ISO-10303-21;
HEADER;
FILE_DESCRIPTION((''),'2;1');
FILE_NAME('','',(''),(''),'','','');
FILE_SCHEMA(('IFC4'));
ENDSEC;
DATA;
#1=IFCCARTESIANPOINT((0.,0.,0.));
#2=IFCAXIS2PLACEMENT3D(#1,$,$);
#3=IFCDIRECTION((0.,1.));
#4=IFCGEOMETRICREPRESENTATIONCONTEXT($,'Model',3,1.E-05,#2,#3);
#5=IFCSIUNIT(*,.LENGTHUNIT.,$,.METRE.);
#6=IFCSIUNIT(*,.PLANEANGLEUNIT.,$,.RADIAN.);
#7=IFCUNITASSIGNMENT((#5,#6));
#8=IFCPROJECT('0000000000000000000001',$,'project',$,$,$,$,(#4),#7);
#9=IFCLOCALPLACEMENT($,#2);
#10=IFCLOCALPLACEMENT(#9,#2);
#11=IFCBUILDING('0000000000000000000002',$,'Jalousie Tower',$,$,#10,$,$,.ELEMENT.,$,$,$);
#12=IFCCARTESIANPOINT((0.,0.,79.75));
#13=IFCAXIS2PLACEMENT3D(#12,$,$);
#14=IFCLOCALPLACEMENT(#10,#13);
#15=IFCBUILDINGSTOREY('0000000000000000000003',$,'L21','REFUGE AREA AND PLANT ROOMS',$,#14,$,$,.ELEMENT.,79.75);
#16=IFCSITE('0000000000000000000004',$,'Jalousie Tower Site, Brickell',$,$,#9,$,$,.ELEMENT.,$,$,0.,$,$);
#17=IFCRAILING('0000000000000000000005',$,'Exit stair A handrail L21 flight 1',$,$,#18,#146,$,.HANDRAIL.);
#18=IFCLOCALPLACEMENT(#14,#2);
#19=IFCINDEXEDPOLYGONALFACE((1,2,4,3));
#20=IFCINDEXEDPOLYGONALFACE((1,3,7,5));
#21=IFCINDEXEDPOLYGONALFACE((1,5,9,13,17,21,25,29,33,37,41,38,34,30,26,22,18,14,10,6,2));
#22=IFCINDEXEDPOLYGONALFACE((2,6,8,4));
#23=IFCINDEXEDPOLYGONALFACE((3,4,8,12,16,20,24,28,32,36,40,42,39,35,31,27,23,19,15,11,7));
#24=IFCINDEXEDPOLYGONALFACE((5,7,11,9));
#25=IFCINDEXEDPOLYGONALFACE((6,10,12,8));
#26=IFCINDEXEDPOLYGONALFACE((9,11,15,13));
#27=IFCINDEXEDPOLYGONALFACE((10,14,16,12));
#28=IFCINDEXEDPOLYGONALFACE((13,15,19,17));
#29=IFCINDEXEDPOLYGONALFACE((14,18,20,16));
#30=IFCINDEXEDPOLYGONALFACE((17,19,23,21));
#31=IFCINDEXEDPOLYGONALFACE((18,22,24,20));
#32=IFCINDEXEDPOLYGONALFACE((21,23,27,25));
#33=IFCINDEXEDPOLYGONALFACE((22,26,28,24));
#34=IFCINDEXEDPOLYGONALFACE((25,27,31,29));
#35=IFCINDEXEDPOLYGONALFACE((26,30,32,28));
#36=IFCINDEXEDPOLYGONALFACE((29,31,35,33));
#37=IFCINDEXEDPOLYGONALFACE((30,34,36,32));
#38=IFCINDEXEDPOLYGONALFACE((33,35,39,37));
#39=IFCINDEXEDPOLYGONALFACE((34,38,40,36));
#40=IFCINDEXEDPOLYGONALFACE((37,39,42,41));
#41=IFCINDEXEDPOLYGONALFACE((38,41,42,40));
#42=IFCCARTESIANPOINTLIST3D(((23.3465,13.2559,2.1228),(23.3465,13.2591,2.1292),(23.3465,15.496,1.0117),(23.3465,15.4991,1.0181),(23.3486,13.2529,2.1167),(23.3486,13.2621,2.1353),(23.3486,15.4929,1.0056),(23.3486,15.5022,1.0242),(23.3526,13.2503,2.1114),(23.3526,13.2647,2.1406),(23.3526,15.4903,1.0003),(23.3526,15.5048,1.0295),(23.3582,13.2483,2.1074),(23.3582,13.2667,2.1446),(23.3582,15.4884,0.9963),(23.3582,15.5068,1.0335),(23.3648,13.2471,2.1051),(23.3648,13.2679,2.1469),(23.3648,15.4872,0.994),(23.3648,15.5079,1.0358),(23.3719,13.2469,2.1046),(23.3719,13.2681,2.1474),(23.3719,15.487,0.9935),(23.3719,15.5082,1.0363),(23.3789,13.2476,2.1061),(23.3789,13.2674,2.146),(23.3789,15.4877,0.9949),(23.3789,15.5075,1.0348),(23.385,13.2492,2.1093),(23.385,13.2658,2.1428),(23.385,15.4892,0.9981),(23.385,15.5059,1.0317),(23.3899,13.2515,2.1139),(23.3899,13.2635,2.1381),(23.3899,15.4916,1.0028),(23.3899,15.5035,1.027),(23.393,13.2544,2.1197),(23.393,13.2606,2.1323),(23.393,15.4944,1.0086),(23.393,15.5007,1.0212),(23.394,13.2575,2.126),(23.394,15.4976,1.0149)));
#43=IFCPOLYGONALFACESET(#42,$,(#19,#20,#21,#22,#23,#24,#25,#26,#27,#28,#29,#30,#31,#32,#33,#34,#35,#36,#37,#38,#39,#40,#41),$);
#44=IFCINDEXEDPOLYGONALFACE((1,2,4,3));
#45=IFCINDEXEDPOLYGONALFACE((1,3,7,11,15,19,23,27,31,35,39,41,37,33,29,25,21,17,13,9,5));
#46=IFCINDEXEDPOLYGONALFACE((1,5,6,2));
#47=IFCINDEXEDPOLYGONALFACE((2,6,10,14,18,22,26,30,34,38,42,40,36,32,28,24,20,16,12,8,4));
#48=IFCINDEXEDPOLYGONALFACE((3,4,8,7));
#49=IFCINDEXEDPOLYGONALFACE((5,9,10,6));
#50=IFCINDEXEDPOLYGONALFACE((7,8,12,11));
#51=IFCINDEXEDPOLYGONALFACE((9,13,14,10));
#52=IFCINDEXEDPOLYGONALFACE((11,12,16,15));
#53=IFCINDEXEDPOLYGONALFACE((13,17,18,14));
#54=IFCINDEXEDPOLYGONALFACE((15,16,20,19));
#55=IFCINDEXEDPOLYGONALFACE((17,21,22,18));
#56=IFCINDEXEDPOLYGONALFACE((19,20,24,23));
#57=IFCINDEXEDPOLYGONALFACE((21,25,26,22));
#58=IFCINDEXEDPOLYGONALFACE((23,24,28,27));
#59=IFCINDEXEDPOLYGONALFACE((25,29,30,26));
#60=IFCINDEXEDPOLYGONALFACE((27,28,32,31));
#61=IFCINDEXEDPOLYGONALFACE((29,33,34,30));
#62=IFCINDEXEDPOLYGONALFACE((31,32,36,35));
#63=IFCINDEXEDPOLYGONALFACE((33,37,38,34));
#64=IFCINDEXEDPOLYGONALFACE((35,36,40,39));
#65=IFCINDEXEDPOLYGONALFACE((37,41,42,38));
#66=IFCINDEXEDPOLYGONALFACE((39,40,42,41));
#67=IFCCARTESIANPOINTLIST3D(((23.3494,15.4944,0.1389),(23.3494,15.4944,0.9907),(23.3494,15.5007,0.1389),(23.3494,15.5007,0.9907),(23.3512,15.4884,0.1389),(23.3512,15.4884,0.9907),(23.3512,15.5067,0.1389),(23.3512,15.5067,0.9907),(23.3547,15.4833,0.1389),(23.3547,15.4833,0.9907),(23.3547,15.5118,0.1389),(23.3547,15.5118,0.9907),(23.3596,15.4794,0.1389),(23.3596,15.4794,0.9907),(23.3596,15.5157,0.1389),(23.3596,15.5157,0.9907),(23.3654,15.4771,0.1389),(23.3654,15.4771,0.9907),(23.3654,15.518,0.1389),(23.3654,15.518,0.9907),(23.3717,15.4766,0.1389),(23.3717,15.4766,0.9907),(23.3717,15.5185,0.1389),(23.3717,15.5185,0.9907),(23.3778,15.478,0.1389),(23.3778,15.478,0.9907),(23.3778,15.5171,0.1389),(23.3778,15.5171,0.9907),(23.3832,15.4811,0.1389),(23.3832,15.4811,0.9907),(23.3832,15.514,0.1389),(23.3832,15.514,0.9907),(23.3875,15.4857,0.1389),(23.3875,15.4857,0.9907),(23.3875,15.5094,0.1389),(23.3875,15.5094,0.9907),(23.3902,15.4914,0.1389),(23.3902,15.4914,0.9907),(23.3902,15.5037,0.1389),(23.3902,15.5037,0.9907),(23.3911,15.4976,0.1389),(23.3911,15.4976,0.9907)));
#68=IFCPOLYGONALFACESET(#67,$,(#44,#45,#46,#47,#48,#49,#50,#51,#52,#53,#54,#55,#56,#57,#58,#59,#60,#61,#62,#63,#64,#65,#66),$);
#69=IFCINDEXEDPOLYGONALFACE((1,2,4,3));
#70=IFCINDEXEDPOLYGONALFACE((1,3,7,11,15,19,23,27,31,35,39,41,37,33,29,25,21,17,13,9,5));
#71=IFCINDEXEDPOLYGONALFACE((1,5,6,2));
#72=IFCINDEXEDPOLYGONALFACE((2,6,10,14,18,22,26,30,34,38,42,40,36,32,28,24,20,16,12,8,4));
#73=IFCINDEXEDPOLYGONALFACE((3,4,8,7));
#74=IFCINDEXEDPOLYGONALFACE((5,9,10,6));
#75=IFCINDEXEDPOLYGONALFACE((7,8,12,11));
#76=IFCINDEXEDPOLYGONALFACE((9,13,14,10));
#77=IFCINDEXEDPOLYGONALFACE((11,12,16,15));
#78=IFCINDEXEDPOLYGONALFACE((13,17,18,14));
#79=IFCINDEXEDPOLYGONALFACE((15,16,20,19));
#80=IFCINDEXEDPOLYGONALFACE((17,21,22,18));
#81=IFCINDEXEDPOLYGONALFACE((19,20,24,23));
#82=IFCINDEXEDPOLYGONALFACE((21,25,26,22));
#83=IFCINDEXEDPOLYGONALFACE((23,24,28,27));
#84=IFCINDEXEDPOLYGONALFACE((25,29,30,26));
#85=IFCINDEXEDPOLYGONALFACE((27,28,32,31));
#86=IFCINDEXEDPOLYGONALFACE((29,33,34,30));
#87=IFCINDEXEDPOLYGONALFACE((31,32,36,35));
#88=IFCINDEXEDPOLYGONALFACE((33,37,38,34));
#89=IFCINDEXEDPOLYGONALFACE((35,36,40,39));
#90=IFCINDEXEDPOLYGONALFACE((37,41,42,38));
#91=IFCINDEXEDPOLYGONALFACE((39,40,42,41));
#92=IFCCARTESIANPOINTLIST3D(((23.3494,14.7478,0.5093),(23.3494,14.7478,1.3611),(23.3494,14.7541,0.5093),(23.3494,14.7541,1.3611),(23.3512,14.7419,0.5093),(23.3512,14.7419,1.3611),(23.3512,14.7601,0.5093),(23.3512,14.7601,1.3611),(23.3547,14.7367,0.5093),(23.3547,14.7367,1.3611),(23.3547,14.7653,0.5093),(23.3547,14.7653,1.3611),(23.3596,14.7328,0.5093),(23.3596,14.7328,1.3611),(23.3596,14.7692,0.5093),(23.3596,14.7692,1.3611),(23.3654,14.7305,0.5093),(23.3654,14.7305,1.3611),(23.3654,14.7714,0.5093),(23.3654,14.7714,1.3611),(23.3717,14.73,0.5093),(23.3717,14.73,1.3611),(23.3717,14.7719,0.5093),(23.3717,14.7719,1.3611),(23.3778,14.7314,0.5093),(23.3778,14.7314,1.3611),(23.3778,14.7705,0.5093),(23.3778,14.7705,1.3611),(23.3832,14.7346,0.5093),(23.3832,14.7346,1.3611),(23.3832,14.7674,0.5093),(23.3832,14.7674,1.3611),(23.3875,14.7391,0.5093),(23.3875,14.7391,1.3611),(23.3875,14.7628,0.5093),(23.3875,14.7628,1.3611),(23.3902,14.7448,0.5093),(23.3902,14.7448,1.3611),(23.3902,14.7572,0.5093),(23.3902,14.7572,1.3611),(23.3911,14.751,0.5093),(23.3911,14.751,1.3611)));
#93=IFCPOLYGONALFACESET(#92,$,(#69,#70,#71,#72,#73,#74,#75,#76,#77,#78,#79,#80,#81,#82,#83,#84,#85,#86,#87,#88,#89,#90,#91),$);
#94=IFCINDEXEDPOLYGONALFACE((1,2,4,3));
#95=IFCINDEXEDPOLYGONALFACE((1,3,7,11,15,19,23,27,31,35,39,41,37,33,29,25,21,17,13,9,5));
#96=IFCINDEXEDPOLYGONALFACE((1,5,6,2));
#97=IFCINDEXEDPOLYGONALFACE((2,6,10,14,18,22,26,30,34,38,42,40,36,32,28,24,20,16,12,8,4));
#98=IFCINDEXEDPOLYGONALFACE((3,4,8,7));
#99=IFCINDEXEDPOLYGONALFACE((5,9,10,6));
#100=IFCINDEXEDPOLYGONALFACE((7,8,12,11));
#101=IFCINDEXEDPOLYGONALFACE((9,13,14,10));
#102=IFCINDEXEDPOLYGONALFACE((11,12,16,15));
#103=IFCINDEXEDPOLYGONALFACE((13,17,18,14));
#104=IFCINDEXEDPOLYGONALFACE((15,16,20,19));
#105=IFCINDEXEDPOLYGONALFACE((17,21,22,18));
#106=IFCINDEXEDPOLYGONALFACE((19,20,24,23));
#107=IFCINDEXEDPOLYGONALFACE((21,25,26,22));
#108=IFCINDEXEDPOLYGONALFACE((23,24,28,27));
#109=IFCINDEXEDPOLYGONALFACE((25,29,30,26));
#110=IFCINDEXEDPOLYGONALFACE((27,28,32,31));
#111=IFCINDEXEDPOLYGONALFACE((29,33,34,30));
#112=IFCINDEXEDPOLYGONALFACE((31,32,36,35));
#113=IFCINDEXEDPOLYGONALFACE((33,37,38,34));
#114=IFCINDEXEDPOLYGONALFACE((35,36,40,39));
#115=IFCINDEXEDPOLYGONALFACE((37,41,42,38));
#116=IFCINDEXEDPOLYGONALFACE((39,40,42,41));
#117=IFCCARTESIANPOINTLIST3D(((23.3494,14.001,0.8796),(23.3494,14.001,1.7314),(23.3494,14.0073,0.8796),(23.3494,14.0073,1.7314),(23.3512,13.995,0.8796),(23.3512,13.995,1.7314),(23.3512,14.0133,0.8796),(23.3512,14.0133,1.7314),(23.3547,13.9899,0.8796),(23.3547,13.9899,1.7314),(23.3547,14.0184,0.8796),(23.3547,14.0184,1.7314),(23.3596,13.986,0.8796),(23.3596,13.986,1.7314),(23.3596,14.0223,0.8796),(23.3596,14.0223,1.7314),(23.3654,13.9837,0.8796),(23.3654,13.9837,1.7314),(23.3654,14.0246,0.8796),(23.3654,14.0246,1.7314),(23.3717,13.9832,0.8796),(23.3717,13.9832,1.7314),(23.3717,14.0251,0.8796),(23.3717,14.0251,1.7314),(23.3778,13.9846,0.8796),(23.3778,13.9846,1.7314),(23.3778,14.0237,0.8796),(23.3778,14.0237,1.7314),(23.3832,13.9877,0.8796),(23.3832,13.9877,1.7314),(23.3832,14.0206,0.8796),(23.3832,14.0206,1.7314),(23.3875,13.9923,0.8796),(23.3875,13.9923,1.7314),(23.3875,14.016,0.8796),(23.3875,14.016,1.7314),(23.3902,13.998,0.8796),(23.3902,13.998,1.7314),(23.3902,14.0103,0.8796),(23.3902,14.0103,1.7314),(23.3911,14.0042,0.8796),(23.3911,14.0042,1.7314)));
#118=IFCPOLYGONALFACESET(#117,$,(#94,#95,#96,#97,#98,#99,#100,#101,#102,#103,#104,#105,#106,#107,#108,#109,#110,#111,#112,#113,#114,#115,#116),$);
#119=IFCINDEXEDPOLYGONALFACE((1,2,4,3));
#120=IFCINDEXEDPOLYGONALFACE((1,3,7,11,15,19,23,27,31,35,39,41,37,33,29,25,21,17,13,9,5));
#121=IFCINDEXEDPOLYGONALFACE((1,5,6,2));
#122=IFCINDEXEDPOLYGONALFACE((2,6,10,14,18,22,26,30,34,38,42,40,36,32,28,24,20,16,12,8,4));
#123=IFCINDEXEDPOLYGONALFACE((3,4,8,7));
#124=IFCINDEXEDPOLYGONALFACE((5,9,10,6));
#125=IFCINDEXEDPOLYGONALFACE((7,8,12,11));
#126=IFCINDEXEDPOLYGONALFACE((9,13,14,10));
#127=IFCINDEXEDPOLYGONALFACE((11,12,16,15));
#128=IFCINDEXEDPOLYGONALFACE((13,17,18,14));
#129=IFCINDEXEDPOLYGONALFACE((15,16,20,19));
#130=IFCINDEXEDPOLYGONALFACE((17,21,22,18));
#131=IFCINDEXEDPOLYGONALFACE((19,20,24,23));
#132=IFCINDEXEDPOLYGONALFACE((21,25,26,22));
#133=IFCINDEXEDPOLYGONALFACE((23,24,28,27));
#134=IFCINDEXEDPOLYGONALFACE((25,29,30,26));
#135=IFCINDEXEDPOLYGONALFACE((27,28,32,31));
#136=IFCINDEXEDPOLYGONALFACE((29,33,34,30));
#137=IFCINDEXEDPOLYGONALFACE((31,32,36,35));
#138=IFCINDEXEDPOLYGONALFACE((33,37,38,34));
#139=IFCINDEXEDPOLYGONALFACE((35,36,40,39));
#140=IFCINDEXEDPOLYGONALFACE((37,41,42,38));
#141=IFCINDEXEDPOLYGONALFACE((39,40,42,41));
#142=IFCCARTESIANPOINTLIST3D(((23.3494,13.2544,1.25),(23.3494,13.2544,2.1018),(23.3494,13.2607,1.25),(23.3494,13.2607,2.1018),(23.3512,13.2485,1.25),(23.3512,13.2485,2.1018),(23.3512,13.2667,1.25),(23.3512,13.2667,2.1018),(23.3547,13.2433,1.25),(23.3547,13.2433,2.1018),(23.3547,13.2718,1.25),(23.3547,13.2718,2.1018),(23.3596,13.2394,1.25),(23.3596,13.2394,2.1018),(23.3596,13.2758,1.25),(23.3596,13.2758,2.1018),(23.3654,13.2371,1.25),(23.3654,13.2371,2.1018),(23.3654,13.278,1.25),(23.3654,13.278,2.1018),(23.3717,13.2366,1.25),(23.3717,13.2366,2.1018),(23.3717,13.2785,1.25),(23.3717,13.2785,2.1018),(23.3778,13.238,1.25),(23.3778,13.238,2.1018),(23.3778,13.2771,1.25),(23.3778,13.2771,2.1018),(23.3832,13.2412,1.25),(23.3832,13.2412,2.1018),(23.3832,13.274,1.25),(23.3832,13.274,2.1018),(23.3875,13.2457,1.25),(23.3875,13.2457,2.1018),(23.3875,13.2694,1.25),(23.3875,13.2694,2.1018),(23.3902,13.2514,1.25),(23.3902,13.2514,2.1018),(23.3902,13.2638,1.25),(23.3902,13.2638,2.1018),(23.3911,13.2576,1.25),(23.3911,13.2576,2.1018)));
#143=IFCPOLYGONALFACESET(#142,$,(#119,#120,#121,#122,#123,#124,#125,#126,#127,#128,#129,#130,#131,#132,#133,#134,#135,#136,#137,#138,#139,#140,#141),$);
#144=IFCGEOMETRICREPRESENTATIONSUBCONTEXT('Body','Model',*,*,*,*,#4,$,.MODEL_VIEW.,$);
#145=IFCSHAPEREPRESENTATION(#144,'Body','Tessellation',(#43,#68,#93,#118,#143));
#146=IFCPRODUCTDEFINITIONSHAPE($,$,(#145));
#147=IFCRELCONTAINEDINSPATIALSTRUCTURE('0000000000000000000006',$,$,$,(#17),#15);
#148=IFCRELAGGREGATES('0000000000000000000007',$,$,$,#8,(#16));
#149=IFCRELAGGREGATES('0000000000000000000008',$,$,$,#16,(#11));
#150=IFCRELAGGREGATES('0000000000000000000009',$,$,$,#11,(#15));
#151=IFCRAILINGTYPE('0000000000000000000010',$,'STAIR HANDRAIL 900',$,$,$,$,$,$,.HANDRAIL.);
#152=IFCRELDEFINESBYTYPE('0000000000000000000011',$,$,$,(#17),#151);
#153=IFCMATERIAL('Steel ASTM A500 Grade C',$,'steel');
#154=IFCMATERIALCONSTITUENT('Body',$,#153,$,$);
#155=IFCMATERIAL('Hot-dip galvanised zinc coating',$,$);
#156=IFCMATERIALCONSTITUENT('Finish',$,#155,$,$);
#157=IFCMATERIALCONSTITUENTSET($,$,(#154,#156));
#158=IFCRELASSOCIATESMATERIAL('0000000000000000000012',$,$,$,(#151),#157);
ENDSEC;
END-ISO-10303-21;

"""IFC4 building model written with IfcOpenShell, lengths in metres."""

from ifc_helpers import new_model, si_unit, direction, frame, origin, origin_2d, place, context, subcontext, project, spatial, circle, extrude, material, constituent, constituent_set, type_object, element, save


model = new_model("IFC4")

# Units and contexts
model_context = context("Model", 3, precision=1e-05, world=origin(), true_north=direction((0.0, 1.0)))
body_context = subcontext(model_context, "Body", "Model", "MODEL_VIEW")
ifc_project = project(units=[si_unit("LENGTHUNIT", "METRE"), si_unit("PLANEANGLEUNIT", "RADIAN")], contexts=[model_context])

# Site, building, storey
site_placement = place(None, origin())
site = spatial("IfcSite", under=ifc_project, at=site_placement, Name="Jalousie Tower Site, Brickell", CompositionType="ELEMENT", RefElevation=0.0)
building_placement = place(site_placement, origin())
building = spatial("IfcBuilding", under=site, at=building_placement, Name="Jalousie Tower", CompositionType="ELEMENT")
storey_placement = place(building_placement, frame((0.0, 0.0, 79.75)))
storey = spatial("IfcBuildingStorey", under=building, at=storey_placement, Name="L21", Description="REFUGE AREA AND PLANT ROOMS", CompositionType="ELEMENT", Elevation=79.75)

# Railing
ifc_material_1 = material(Name="Steel ASTM A500 Grade C", Category="steel")
ifc_constituent_1 = constituent(ifc_material_1, Name="Body")
ifc_material_2 = material(Name="Hot-dip galvanised zinc coating")
ifc_constituent_2 = constituent(ifc_material_2, Name="Finish")
ifc_constituent_set_1 = constituent_set(constituents=[ifc_constituent_1, ifc_constituent_2])
railing_type_1 = type_object("IfcRailingType", Name="STAIR HANDRAIL 900", PredefinedType="HANDRAIL", material=ifc_constituent_set_1)
railing_1_placement = place(storey_placement, frame((23.3701, 15.4976, 0.1389)))
element("IfcRailing", 1, at=railing_1_placement, inside=storey, type_object=railing_type_1, Name="Exit stair A handrail L21 flight 1", PredefinedType="HANDRAIL", context=body_context, shape_type="SweptSolid", body=[
    extrude(circle(Radius=0.0239, at=origin_2d()), frame((0.0, 0.0, 0.876), z_axis=(0.0, -0.895848, 0.44436), x_axis=(1.0, 0.0, 0.0)), (0.0, 0.0, 1.0), 2.5005),
    extrude(circle(Radius=0.021, at=origin_2d()), origin(), (0.0, 0.0, 1.0), 0.8518),
    extrude(circle(Radius=0.021, at=origin_2d()), frame((0.0, -0.7466, 0.3704)), (0.0, 0.0, 1.0), 0.8518),
    extrude(circle(Radius=0.021, at=origin_2d()), frame((0.0, -1.4934, 0.7407)), (0.0, 0.0, 1.0), 0.8518),
    extrude(circle(Radius=0.021, at=origin_2d()), frame((0.0, -2.24, 1.1111)), (0.0, 0.0, 1.0), 0.8518),
])

save(model, "model.ifc")
